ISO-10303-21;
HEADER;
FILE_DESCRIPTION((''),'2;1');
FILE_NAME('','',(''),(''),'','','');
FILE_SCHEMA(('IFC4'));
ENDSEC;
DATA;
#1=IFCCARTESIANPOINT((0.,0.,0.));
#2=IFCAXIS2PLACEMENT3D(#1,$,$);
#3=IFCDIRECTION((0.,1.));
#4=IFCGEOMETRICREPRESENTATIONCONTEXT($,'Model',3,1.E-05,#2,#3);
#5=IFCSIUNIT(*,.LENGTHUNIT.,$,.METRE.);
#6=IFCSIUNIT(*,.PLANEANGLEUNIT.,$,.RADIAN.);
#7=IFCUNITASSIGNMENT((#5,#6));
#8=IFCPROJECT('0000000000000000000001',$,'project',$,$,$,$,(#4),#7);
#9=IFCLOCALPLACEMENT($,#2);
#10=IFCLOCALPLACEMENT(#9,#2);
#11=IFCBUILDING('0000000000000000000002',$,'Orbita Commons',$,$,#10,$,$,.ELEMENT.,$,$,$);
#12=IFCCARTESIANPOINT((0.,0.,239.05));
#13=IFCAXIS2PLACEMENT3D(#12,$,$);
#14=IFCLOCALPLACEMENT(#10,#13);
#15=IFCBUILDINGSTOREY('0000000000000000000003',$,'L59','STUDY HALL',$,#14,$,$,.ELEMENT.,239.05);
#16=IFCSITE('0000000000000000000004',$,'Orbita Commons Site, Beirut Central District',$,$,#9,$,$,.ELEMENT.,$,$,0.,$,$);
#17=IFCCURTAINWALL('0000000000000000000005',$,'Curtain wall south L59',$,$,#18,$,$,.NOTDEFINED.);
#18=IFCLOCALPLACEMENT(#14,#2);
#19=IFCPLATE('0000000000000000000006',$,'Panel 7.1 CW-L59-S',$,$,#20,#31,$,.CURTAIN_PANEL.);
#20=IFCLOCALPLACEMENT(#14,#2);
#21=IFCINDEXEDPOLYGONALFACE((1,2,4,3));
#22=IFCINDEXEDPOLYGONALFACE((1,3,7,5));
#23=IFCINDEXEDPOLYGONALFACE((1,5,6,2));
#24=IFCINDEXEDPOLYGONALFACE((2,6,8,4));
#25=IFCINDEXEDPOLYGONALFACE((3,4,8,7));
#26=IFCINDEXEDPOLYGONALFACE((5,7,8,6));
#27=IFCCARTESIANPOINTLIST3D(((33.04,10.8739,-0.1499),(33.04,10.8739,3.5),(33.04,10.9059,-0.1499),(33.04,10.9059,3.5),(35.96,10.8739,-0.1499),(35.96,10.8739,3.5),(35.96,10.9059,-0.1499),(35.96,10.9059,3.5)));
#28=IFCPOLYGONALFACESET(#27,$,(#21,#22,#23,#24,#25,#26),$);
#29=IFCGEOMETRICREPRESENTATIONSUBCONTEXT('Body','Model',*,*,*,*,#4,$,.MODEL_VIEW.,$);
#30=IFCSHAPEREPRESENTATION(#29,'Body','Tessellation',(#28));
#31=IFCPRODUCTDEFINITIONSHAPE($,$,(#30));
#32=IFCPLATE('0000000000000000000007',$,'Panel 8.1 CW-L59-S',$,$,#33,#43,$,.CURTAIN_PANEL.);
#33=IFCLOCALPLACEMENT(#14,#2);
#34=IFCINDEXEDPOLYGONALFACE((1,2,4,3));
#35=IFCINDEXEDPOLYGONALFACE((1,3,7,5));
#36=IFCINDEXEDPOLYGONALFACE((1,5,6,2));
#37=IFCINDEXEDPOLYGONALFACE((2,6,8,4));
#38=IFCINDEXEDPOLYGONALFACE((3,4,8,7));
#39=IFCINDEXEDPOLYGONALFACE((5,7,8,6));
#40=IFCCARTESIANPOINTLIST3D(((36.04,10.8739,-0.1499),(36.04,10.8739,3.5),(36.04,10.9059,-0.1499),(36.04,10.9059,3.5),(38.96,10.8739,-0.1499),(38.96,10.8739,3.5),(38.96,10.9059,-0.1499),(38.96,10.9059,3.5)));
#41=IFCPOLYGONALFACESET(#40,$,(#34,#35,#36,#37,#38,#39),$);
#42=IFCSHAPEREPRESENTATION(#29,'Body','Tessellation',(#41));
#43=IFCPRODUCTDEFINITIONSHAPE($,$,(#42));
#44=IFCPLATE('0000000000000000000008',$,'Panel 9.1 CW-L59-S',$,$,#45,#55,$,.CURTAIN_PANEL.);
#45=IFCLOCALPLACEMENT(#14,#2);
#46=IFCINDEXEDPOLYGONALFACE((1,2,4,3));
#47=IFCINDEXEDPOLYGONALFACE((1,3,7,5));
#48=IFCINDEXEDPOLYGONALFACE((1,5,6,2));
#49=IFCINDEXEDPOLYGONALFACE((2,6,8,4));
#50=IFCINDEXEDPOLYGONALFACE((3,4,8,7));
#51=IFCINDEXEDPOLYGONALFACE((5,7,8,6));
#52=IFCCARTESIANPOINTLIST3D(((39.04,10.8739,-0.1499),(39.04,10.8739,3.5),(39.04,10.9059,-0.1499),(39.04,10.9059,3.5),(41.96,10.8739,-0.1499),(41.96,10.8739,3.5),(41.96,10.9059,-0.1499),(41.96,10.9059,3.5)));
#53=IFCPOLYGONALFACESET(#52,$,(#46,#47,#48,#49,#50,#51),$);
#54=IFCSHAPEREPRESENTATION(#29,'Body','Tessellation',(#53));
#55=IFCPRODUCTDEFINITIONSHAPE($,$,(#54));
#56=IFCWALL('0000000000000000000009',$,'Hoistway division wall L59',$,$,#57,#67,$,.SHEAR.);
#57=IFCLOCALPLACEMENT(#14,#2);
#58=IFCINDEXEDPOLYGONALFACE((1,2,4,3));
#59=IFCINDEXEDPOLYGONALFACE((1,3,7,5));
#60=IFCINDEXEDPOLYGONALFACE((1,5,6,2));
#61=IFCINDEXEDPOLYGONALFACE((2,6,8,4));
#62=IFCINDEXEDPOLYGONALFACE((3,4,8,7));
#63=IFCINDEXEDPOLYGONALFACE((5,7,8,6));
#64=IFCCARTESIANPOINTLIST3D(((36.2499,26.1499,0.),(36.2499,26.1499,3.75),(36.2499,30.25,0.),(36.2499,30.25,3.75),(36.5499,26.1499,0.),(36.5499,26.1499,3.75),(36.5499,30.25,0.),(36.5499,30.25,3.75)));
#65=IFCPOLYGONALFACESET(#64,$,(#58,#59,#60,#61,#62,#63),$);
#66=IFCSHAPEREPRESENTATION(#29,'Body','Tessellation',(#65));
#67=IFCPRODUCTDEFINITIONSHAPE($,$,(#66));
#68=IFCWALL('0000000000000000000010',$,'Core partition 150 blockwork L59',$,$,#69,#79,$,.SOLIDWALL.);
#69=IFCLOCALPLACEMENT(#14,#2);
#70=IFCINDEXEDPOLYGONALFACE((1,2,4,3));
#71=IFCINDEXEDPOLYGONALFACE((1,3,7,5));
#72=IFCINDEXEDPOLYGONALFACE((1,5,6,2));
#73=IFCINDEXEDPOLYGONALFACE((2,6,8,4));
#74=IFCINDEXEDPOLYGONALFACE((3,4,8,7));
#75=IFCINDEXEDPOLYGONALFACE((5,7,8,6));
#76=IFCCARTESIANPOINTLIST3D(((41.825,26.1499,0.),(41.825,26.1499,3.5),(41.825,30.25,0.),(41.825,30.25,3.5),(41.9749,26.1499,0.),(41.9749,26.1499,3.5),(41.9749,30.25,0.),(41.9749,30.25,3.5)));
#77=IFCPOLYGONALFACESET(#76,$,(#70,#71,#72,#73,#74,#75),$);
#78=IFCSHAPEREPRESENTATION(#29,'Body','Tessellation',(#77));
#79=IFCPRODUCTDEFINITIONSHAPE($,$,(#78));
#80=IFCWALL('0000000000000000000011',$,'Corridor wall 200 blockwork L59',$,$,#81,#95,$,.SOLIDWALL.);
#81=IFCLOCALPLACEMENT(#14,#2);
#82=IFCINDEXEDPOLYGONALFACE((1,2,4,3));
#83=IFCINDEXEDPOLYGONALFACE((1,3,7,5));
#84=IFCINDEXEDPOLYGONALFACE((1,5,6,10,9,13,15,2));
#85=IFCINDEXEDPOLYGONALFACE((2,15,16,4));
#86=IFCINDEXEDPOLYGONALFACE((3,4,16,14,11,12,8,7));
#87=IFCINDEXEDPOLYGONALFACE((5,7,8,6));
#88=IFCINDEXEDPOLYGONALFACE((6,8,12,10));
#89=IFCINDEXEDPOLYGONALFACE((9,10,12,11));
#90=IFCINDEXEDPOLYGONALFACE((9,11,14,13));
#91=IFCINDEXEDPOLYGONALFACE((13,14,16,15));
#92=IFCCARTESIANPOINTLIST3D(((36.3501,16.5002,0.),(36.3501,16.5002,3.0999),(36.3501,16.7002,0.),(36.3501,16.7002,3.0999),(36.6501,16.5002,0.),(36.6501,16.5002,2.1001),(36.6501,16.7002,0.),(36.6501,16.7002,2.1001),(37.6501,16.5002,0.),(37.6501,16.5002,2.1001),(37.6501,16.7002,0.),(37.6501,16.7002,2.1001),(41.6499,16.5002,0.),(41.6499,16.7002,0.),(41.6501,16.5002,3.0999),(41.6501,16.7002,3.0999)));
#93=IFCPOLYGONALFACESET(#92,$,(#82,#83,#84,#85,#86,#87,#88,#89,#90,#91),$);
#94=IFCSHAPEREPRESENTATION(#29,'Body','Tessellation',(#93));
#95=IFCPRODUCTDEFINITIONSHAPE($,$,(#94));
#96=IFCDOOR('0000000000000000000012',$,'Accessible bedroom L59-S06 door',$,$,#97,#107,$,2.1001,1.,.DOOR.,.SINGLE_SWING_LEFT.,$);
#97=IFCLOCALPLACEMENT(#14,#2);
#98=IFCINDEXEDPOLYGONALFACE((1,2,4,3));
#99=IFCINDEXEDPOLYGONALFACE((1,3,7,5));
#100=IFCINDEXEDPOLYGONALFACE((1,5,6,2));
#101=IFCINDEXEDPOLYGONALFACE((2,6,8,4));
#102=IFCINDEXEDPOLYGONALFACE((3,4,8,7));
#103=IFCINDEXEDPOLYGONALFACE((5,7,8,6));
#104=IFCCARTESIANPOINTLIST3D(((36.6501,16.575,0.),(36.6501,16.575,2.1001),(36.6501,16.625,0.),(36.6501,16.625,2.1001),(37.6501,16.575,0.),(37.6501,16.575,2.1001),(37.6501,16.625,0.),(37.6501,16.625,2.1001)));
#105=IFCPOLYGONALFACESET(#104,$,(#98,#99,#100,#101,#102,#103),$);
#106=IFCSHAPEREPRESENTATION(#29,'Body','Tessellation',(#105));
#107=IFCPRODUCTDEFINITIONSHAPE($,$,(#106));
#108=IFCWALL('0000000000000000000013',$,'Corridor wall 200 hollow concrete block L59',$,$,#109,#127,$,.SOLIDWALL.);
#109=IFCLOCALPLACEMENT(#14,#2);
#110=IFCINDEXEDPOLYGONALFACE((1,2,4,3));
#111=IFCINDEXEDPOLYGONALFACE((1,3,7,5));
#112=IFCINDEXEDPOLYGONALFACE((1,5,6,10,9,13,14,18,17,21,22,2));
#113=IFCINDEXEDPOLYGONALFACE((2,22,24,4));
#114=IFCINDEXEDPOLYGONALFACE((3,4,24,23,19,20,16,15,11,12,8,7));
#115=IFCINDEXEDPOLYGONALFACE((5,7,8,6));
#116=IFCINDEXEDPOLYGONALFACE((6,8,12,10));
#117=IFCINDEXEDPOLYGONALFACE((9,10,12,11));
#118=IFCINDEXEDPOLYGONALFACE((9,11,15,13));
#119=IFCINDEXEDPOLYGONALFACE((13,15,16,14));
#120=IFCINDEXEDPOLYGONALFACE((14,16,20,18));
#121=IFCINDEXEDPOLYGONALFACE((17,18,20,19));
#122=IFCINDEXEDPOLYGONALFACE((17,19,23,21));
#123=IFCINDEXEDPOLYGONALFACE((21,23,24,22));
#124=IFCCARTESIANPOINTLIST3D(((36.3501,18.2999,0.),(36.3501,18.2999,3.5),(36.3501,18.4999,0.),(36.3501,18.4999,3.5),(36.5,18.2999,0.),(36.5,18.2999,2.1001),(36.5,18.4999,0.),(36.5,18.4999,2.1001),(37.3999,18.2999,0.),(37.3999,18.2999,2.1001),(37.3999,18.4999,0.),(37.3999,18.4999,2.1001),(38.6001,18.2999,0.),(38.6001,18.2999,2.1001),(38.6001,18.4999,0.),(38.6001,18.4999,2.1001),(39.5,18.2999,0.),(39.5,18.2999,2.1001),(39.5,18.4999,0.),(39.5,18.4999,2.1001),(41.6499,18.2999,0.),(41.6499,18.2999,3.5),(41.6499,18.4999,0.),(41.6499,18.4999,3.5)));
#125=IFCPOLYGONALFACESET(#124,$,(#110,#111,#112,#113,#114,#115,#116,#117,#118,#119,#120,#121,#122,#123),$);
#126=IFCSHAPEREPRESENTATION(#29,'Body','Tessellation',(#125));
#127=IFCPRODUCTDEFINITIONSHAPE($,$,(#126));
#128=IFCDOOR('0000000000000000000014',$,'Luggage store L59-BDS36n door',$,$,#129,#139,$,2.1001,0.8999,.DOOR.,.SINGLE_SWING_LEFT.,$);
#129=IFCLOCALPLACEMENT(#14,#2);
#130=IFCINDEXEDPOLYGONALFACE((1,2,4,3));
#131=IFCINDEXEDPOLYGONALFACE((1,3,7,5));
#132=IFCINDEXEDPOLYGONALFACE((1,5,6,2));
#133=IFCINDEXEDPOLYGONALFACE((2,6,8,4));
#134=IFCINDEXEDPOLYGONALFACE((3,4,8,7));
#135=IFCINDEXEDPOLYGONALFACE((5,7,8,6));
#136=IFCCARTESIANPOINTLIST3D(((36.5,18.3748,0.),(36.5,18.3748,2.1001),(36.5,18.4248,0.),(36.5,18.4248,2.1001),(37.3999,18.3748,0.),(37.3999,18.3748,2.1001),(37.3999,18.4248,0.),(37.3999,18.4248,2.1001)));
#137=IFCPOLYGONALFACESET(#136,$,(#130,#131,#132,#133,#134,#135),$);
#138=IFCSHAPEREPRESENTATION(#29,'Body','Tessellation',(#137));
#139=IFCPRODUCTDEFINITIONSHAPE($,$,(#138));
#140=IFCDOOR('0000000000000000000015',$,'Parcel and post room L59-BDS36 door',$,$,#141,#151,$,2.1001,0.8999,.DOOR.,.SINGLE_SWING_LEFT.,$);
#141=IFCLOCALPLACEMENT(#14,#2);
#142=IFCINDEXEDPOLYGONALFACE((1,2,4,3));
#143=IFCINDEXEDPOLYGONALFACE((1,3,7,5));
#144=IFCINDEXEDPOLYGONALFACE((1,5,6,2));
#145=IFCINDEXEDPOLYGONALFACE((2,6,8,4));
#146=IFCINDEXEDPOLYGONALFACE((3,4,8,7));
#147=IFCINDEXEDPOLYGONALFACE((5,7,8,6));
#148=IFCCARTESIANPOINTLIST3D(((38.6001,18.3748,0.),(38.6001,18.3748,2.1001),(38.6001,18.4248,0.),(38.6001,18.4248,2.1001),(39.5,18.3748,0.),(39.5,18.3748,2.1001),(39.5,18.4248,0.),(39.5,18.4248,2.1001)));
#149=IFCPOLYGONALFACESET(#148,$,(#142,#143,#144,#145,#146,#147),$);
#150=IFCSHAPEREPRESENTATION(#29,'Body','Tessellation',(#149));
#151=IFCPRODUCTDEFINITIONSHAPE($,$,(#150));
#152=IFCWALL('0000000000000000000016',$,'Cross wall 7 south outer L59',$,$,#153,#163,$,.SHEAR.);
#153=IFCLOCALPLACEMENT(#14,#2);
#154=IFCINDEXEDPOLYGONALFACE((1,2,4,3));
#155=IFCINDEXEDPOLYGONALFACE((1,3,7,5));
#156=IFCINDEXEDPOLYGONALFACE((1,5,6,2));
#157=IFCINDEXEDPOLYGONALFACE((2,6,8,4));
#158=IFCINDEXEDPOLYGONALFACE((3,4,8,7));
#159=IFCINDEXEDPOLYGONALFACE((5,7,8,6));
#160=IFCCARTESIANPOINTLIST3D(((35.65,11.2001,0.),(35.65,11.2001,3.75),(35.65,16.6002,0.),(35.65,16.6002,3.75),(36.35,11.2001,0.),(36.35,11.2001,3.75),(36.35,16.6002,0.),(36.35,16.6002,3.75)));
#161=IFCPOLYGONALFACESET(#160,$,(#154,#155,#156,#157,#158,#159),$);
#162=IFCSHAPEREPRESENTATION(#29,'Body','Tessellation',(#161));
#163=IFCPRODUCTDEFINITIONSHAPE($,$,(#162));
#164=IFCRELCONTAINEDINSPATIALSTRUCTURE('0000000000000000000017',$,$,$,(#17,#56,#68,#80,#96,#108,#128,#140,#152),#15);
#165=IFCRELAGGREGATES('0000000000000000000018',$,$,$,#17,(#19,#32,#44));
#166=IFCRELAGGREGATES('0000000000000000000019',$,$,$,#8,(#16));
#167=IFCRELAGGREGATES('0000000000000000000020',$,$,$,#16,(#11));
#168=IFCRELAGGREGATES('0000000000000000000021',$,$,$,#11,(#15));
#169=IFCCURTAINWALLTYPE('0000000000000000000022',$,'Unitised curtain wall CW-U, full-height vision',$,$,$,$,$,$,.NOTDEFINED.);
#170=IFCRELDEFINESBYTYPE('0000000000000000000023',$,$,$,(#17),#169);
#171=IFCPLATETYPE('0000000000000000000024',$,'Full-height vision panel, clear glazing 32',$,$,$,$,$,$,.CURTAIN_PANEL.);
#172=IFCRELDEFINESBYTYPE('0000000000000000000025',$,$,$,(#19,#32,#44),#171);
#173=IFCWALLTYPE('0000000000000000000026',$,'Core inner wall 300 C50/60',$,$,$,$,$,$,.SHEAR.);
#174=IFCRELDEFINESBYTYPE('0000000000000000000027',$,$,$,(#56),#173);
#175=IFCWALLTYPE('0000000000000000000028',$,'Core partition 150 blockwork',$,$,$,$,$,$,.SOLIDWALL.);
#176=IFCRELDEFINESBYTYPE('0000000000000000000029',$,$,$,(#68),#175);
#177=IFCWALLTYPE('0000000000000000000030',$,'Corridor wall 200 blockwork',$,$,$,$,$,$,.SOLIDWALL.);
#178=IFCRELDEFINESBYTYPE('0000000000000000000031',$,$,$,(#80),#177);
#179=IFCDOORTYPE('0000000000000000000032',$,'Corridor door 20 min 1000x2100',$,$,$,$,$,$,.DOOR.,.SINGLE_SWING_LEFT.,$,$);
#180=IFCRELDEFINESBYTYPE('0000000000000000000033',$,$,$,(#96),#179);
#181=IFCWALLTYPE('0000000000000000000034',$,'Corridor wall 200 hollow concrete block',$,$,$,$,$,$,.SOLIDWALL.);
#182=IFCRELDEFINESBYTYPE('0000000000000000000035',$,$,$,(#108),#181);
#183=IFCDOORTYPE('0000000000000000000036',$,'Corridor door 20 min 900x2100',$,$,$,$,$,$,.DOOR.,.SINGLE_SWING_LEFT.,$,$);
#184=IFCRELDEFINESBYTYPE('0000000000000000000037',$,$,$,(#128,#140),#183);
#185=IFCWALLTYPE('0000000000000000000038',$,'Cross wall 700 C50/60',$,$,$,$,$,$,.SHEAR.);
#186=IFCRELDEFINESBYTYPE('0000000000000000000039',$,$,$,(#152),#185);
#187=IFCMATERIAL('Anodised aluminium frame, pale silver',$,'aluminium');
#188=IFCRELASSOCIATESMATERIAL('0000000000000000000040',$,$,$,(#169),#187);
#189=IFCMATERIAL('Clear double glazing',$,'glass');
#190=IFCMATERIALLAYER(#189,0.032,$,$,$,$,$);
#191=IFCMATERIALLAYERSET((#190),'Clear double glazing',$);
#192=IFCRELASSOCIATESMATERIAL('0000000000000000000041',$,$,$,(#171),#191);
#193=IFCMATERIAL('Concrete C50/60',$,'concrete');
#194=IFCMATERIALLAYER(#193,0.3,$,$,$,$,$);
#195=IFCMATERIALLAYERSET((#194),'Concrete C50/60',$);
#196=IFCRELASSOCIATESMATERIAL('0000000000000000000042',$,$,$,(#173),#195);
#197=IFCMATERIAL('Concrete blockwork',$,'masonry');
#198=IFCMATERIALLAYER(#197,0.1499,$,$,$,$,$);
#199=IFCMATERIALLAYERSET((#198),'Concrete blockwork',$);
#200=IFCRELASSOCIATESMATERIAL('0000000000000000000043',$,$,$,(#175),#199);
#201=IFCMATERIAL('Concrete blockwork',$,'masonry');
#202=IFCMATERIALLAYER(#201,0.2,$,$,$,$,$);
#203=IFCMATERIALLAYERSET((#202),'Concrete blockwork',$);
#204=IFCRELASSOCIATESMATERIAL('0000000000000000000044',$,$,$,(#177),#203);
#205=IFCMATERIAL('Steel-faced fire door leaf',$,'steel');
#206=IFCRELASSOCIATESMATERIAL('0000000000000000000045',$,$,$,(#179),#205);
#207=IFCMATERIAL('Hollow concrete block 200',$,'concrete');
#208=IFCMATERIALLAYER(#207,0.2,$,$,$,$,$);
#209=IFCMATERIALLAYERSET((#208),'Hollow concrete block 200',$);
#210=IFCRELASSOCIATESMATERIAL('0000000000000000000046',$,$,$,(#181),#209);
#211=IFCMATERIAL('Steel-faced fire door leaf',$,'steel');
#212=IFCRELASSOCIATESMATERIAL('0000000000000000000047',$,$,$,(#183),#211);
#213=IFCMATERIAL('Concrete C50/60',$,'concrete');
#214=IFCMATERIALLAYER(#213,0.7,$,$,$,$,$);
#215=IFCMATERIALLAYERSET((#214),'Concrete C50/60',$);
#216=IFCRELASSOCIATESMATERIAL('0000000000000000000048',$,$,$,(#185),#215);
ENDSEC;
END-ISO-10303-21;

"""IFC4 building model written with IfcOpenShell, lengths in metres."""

from ifc_helpers import new_model, si_unit, direction, frame, frame_2d, origin, origin_2d, place, context, subcontext, project, spatial, polyline, rectangle, outline, extrude, material, layer, layer_set, type_object, element, fill, aggregate, save


model = new_model("IFC4")

# Units and contexts
model_context = context("Model", 3, precision=1e-05, world=origin(), true_north=direction((0.0, 1.0)))
body_context = subcontext(model_context, "Body", "Model", "MODEL_VIEW")
ifc_project = project(units=[si_unit("LENGTHUNIT", "METRE"), si_unit("PLANEANGLEUNIT", "RADIAN")], contexts=[model_context])

# Site, building, storey
site_placement = place(None, origin())
site = spatial("IfcSite", under=ifc_project, at=site_placement, Name="Orbita Commons Site, Beirut Central District", CompositionType="ELEMENT", RefElevation=0.0)
building_placement = place(site_placement, origin())
building = spatial("IfcBuilding", under=site, at=building_placement, Name="Orbita Commons", CompositionType="ELEMENT")
storey_placement = place(building_placement, frame((0.0, 0.0, 239.05)))
storey = spatial("IfcBuildingStorey", under=building, at=storey_placement, Name="L59", Description="STUDY HALL", CompositionType="ELEMENT", Elevation=239.05)

# Curtain wall
ifc_material_1 = material(Name="Anodised aluminium frame, pale silver", Category="aluminium")
curtain_wall_type = type_object("IfcCurtainWallType", Name="Unitised curtain wall CW-U, full-height vision", PredefinedType="NOTDEFINED", material=ifc_material_1)
curtain_wall_placement = place(storey_placement, origin())
curtain_wall = element("IfcCurtainWall", 1, at=curtain_wall_placement, inside=storey, type_object=curtain_wall_type, Name="Curtain wall south L59", PredefinedType="NOTDEFINED")

# Plates
ifc_material_2 = material(Name="Clear double glazing", Category="glass")
ifc_layer_1 = layer(ifc_material_2, 0.032)
ifc_layer_set_1 = layer_set([ifc_layer_1], Name="Clear double glazing")
plate_type = type_object("IfcPlateType", Name="Full-height vision panel, clear glazing 32", PredefinedType="CURTAIN_PANEL", material=ifc_layer_set_1)
plate_1_placement = place(storey_placement, frame((34.5, 10.8899, -0.1499), z_axis=(0.0, 0.0, 1.0), x_axis=(1.0, 0.0, 0.0)))
plate_1 = element("IfcPlate", 2, at=plate_1_placement, type_object=plate_type, Name="Panel 7.1 CW-L59-S", PredefinedType="CURTAIN_PANEL", context=body_context, shape_type="SweptSolid", body=[
    extrude(rectangle(XDim=2.9199, YDim=0.032, at=origin_2d()), origin(), (0.0, 0.0, 1.0), 3.6499),
])
plate_2_placement = place(storey_placement, frame((37.5, 10.8899, -0.1499), z_axis=(0.0, 0.0, 1.0), x_axis=(1.0, 0.0, 0.0)))
plate_2 = element("IfcPlate", 3, at=plate_2_placement, type_object=plate_type, Name="Panel 8.1 CW-L59-S", PredefinedType="CURTAIN_PANEL", context=body_context, shape_type="SweptSolid", body=[
    extrude(rectangle(XDim=2.9199, YDim=0.032, at=origin_2d()), origin(), (0.0, 0.0, 1.0), 3.6499),
])
plate_3_placement = place(storey_placement, frame((40.5, 10.8899, -0.1499), z_axis=(0.0, 0.0, 1.0), x_axis=(1.0, 0.0, 0.0)))
plate_3 = element("IfcPlate", 4, at=plate_3_placement, type_object=plate_type, Name="Panel 9.1 CW-L59-S", PredefinedType="CURTAIN_PANEL", context=body_context, shape_type="SweptSolid", body=[
    extrude(rectangle(XDim=2.9199, YDim=0.032, at=origin_2d()), origin(), (0.0, 0.0, 1.0), 3.6499),
])
aggregate(curtain_wall, [plate_1, plate_2, plate_3])

# Walls
ifc_material_3 = material(Name="Concrete C50/60", Category="concrete")
ifc_layer_2 = layer(ifc_material_3, 0.3)
ifc_layer_set_2 = layer_set([ifc_layer_2], Name="Concrete C50/60")
wall_type_1 = type_object("IfcWallType", Name="Core inner wall 300 C50/60", PredefinedType="SHEAR", material=ifc_layer_set_2)
wall_1_placement = place(storey_placement, frame((36.3999, 26.1499, 0.0), z_axis=(0.0, 0.0, 1.0), x_axis=(0.0, 1.0, 0.0)))
element("IfcWall", 5, at=wall_1_placement, inside=storey, type_object=wall_type_1, Name="Hoistway division wall L59", PredefinedType="SHEAR", context=body_context, shape_type="SweptSolid", body=[
    extrude(rectangle(XDim=4.1001, YDim=0.3, at=frame_2d((2.05, 0.0))), origin(), (0.0, 0.0, 1.0), 3.75),
])
ifc_material_4 = material(Name="Concrete blockwork", Category="masonry")
ifc_layer_3 = layer(ifc_material_4, 0.1499)
ifc_layer_set_3 = layer_set([ifc_layer_3], Name="Concrete blockwork")
wall_type_2 = type_object("IfcWallType", Name="Core partition 150 blockwork", PredefinedType="SOLIDWALL", material=ifc_layer_set_3)
wall_2_placement = place(storey_placement, frame((41.8999, 26.1499, 0.0), z_axis=(0.0, 0.0, 1.0), x_axis=(0.0, 1.0, 0.0)))
element("IfcWall", 6, at=wall_2_placement, inside=storey, type_object=wall_type_2, Name="Core partition 150 blockwork L59", PredefinedType="SOLIDWALL", context=body_context, shape_type="SweptSolid", body=[
    extrude(rectangle(XDim=4.1001, YDim=0.1499, at=frame_2d((2.05, 0.0))), origin(), (0.0, 0.0, 1.0), 3.5),
])

# Wall, opening, door
ifc_material_5 = material(Name="Concrete blockwork", Category="masonry")
ifc_layer_4 = layer(ifc_material_5, 0.2)
ifc_layer_set_4 = layer_set([ifc_layer_4], Name="Concrete blockwork")
wall_type_3 = type_object("IfcWallType", Name="Corridor wall 200 blockwork", PredefinedType="SOLIDWALL", material=ifc_layer_set_4)
wall_3_placement = place(storey_placement, frame((36.3501, 16.6001, 0.0), z_axis=(0.0, 0.0, 1.0), x_axis=(1.0, 0.0, 0.0)))
wall_3 = element("IfcWall", 7, at=wall_3_placement, inside=storey, type_object=wall_type_3, Name="Corridor wall 200 blockwork L59", PredefinedType="SOLIDWALL", context=body_context, shape_type="SweptSolid", body=[
    extrude(outline(polyline([(0.0, 0.0), (5.2998, 0.0), (5.3, 3.0999), (0.0, 3.0999), (0.0, 0.0)])), frame((0.0, 0.1001, 0.0), z_axis=(0.0, -1.0, 0.0), x_axis=(1.0, 0.0, 0.0)), (0.0, 0.0, 1.0), 0.2),
])
opening_1_placement = place(wall_3_placement, frame((0.3, 0.0, 0.0)))
opening_1 = element("IfcOpeningElement", 8, at=opening_1_placement, cuts=wall_3, PredefinedType="OPENING", context=body_context, shape_type="SweptSolid", body=[
    extrude(rectangle(XDim=1.0, YDim=2.1001, at=frame_2d((0.5, 1.05))), frame((0.0, 0.1099, 0.0), z_axis=(0.0, -1.0, 0.0), x_axis=(1.0, 0.0, 0.0)), (0.0, 0.0, 1.0), 0.22),
])
ifc_material_6 = material(Name="Steel-faced fire door leaf", Category="steel")
door_type_1 = type_object("IfcDoorType", Name="Corridor door 20 min 1000x2100", OperationType="SINGLE_SWING_LEFT", PredefinedType="DOOR", material=ifc_material_6)
door_1_placement = place(opening_1_placement, origin())
door_1 = element("IfcDoor", 9, at=door_1_placement, inside=storey, type_object=door_type_1, Name="Accessible bedroom L59-S06 door", OperationType="SINGLE_SWING_LEFT", OverallHeight=2.1001, OverallWidth=1.0, PredefinedType="DOOR", context=body_context, shape_type="SweptSolid", body=[
    extrude(rectangle(XDim=1.0, YDim=2.1001, at=frame_2d((0.5, 1.05))), frame((0.0, 0.0249, 0.0), z_axis=(0.0, -1.0, 0.0), x_axis=(1.0, 0.0, 0.0)), (0.0, 0.0, 1.0), 0.05),
])
fill(opening_1, door_1)

# Wall, openings, doors
ifc_material_7 = material(Name="Hollow concrete block 200", Category="concrete")
ifc_layer_5 = layer(ifc_material_7, 0.2)
ifc_layer_set_5 = layer_set([ifc_layer_5], Name="Hollow concrete block 200")
wall_type_4 = type_object("IfcWallType", Name="Corridor wall 200 hollow concrete block", PredefinedType="SOLIDWALL", material=ifc_layer_set_5)
wall_4_placement = place(storey_placement, frame((36.3501, 18.3999, 0.0), z_axis=(0.0, 0.0, 1.0), x_axis=(1.0, 0.0, 0.0)))
wall_4 = element("IfcWall", 10, at=wall_4_placement, inside=storey, type_object=wall_type_4, Name="Corridor wall 200 hollow concrete block L59", PredefinedType="SOLIDWALL", context=body_context, shape_type="SweptSolid", body=[
    extrude(rectangle(XDim=5.2998, YDim=0.2, at=frame_2d((2.6499, 0.0))), origin(), (0.0, 0.0, 1.0), 3.5),
])
opening_2_placement = place(wall_4_placement, frame((0.1499, 0.0, 0.0)))
opening_2 = element("IfcOpeningElement", 11, at=opening_2_placement, cuts=wall_4, PredefinedType="OPENING", context=body_context, shape_type="SweptSolid", body=[
    extrude(rectangle(XDim=0.8999, YDim=2.1001, at=frame_2d((0.45, 1.05))), frame((0.0, 0.1099, 0.0), z_axis=(0.0, -1.0, 0.0), x_axis=(1.0, 0.0, 0.0)), (0.0, 0.0, 1.0), 0.22),
])
opening_3_placement = place(wall_4_placement, frame((2.25, 0.0, 0.0)))
opening_3 = element("IfcOpeningElement", 12, at=opening_3_placement, cuts=wall_4, PredefinedType="OPENING", context=body_context, shape_type="SweptSolid", body=[
    extrude(rectangle(XDim=0.8999, YDim=2.1001, at=frame_2d((0.45, 1.05))), frame((0.0, 0.1099, 0.0), z_axis=(0.0, -1.0, 0.0), x_axis=(1.0, 0.0, 0.0)), (0.0, 0.0, 1.0), 0.22),
])
ifc_material_8 = material(Name="Steel-faced fire door leaf", Category="steel")
door_type_2 = type_object("IfcDoorType", Name="Corridor door 20 min 900x2100", OperationType="SINGLE_SWING_LEFT", PredefinedType="DOOR", material=ifc_material_8)
door_2_placement = place(opening_2_placement, origin())
door_2 = element("IfcDoor", 13, at=door_2_placement, inside=storey, type_object=door_type_2, Name="Luggage store L59-BDS36n door", OperationType="SINGLE_SWING_LEFT", OverallHeight=2.1001, OverallWidth=0.8999, PredefinedType="DOOR", context=body_context, shape_type="SweptSolid", body=[
    extrude(rectangle(XDim=0.8999, YDim=2.1001, at=frame_2d((0.45, 1.05))), frame((0.0, 0.0249, 0.0), z_axis=(0.0, -1.0, 0.0), x_axis=(1.0, 0.0, 0.0)), (0.0, 0.0, 1.0), 0.05),
])
fill(opening_2, door_2)
door_3_placement = place(opening_3_placement, origin())
door_3 = element("IfcDoor", 14, at=door_3_placement, inside=storey, type_object=door_type_2, Name="Parcel and post room L59-BDS36 door", OperationType="SINGLE_SWING_LEFT", OverallHeight=2.1001, OverallWidth=0.8999, PredefinedType="DOOR", context=body_context, shape_type="SweptSolid", body=[
    extrude(rectangle(XDim=0.8999, YDim=2.1001, at=frame_2d((0.45, 1.05))), frame((0.0, 0.0249, 0.0), z_axis=(0.0, -1.0, 0.0), x_axis=(1.0, 0.0, 0.0)), (0.0, 0.0, 1.0), 0.05),
])
fill(opening_3, door_3)

# Wall
ifc_material_9 = material(Name="Concrete C50/60", Category="concrete")
ifc_layer_6 = layer(ifc_material_9, 0.7)
ifc_layer_set_6 = layer_set([ifc_layer_6], Name="Concrete C50/60")
wall_type_5 = type_object("IfcWallType", Name="Cross wall 700 C50/60", PredefinedType="SHEAR", material=ifc_layer_set_6)
wall_5_placement = place(storey_placement, frame((36.0, 11.2, 0.0), z_axis=(0.0, 0.0, 1.0), x_axis=(0.0, 1.0, 0.0)))
element("IfcWall", 15, at=wall_5_placement, inside=storey, type_object=wall_type_5, Name="Cross wall 7 south outer L59", PredefinedType="SHEAR", context=body_context, shape_type="SweptSolid", body=[
    extrude(rectangle(XDim=5.4001, YDim=0.7, at=frame_2d((2.7002, 0.0))), origin(), (0.0, 0.0, 1.0), 3.75),
])

save(model, "model.ifc")
